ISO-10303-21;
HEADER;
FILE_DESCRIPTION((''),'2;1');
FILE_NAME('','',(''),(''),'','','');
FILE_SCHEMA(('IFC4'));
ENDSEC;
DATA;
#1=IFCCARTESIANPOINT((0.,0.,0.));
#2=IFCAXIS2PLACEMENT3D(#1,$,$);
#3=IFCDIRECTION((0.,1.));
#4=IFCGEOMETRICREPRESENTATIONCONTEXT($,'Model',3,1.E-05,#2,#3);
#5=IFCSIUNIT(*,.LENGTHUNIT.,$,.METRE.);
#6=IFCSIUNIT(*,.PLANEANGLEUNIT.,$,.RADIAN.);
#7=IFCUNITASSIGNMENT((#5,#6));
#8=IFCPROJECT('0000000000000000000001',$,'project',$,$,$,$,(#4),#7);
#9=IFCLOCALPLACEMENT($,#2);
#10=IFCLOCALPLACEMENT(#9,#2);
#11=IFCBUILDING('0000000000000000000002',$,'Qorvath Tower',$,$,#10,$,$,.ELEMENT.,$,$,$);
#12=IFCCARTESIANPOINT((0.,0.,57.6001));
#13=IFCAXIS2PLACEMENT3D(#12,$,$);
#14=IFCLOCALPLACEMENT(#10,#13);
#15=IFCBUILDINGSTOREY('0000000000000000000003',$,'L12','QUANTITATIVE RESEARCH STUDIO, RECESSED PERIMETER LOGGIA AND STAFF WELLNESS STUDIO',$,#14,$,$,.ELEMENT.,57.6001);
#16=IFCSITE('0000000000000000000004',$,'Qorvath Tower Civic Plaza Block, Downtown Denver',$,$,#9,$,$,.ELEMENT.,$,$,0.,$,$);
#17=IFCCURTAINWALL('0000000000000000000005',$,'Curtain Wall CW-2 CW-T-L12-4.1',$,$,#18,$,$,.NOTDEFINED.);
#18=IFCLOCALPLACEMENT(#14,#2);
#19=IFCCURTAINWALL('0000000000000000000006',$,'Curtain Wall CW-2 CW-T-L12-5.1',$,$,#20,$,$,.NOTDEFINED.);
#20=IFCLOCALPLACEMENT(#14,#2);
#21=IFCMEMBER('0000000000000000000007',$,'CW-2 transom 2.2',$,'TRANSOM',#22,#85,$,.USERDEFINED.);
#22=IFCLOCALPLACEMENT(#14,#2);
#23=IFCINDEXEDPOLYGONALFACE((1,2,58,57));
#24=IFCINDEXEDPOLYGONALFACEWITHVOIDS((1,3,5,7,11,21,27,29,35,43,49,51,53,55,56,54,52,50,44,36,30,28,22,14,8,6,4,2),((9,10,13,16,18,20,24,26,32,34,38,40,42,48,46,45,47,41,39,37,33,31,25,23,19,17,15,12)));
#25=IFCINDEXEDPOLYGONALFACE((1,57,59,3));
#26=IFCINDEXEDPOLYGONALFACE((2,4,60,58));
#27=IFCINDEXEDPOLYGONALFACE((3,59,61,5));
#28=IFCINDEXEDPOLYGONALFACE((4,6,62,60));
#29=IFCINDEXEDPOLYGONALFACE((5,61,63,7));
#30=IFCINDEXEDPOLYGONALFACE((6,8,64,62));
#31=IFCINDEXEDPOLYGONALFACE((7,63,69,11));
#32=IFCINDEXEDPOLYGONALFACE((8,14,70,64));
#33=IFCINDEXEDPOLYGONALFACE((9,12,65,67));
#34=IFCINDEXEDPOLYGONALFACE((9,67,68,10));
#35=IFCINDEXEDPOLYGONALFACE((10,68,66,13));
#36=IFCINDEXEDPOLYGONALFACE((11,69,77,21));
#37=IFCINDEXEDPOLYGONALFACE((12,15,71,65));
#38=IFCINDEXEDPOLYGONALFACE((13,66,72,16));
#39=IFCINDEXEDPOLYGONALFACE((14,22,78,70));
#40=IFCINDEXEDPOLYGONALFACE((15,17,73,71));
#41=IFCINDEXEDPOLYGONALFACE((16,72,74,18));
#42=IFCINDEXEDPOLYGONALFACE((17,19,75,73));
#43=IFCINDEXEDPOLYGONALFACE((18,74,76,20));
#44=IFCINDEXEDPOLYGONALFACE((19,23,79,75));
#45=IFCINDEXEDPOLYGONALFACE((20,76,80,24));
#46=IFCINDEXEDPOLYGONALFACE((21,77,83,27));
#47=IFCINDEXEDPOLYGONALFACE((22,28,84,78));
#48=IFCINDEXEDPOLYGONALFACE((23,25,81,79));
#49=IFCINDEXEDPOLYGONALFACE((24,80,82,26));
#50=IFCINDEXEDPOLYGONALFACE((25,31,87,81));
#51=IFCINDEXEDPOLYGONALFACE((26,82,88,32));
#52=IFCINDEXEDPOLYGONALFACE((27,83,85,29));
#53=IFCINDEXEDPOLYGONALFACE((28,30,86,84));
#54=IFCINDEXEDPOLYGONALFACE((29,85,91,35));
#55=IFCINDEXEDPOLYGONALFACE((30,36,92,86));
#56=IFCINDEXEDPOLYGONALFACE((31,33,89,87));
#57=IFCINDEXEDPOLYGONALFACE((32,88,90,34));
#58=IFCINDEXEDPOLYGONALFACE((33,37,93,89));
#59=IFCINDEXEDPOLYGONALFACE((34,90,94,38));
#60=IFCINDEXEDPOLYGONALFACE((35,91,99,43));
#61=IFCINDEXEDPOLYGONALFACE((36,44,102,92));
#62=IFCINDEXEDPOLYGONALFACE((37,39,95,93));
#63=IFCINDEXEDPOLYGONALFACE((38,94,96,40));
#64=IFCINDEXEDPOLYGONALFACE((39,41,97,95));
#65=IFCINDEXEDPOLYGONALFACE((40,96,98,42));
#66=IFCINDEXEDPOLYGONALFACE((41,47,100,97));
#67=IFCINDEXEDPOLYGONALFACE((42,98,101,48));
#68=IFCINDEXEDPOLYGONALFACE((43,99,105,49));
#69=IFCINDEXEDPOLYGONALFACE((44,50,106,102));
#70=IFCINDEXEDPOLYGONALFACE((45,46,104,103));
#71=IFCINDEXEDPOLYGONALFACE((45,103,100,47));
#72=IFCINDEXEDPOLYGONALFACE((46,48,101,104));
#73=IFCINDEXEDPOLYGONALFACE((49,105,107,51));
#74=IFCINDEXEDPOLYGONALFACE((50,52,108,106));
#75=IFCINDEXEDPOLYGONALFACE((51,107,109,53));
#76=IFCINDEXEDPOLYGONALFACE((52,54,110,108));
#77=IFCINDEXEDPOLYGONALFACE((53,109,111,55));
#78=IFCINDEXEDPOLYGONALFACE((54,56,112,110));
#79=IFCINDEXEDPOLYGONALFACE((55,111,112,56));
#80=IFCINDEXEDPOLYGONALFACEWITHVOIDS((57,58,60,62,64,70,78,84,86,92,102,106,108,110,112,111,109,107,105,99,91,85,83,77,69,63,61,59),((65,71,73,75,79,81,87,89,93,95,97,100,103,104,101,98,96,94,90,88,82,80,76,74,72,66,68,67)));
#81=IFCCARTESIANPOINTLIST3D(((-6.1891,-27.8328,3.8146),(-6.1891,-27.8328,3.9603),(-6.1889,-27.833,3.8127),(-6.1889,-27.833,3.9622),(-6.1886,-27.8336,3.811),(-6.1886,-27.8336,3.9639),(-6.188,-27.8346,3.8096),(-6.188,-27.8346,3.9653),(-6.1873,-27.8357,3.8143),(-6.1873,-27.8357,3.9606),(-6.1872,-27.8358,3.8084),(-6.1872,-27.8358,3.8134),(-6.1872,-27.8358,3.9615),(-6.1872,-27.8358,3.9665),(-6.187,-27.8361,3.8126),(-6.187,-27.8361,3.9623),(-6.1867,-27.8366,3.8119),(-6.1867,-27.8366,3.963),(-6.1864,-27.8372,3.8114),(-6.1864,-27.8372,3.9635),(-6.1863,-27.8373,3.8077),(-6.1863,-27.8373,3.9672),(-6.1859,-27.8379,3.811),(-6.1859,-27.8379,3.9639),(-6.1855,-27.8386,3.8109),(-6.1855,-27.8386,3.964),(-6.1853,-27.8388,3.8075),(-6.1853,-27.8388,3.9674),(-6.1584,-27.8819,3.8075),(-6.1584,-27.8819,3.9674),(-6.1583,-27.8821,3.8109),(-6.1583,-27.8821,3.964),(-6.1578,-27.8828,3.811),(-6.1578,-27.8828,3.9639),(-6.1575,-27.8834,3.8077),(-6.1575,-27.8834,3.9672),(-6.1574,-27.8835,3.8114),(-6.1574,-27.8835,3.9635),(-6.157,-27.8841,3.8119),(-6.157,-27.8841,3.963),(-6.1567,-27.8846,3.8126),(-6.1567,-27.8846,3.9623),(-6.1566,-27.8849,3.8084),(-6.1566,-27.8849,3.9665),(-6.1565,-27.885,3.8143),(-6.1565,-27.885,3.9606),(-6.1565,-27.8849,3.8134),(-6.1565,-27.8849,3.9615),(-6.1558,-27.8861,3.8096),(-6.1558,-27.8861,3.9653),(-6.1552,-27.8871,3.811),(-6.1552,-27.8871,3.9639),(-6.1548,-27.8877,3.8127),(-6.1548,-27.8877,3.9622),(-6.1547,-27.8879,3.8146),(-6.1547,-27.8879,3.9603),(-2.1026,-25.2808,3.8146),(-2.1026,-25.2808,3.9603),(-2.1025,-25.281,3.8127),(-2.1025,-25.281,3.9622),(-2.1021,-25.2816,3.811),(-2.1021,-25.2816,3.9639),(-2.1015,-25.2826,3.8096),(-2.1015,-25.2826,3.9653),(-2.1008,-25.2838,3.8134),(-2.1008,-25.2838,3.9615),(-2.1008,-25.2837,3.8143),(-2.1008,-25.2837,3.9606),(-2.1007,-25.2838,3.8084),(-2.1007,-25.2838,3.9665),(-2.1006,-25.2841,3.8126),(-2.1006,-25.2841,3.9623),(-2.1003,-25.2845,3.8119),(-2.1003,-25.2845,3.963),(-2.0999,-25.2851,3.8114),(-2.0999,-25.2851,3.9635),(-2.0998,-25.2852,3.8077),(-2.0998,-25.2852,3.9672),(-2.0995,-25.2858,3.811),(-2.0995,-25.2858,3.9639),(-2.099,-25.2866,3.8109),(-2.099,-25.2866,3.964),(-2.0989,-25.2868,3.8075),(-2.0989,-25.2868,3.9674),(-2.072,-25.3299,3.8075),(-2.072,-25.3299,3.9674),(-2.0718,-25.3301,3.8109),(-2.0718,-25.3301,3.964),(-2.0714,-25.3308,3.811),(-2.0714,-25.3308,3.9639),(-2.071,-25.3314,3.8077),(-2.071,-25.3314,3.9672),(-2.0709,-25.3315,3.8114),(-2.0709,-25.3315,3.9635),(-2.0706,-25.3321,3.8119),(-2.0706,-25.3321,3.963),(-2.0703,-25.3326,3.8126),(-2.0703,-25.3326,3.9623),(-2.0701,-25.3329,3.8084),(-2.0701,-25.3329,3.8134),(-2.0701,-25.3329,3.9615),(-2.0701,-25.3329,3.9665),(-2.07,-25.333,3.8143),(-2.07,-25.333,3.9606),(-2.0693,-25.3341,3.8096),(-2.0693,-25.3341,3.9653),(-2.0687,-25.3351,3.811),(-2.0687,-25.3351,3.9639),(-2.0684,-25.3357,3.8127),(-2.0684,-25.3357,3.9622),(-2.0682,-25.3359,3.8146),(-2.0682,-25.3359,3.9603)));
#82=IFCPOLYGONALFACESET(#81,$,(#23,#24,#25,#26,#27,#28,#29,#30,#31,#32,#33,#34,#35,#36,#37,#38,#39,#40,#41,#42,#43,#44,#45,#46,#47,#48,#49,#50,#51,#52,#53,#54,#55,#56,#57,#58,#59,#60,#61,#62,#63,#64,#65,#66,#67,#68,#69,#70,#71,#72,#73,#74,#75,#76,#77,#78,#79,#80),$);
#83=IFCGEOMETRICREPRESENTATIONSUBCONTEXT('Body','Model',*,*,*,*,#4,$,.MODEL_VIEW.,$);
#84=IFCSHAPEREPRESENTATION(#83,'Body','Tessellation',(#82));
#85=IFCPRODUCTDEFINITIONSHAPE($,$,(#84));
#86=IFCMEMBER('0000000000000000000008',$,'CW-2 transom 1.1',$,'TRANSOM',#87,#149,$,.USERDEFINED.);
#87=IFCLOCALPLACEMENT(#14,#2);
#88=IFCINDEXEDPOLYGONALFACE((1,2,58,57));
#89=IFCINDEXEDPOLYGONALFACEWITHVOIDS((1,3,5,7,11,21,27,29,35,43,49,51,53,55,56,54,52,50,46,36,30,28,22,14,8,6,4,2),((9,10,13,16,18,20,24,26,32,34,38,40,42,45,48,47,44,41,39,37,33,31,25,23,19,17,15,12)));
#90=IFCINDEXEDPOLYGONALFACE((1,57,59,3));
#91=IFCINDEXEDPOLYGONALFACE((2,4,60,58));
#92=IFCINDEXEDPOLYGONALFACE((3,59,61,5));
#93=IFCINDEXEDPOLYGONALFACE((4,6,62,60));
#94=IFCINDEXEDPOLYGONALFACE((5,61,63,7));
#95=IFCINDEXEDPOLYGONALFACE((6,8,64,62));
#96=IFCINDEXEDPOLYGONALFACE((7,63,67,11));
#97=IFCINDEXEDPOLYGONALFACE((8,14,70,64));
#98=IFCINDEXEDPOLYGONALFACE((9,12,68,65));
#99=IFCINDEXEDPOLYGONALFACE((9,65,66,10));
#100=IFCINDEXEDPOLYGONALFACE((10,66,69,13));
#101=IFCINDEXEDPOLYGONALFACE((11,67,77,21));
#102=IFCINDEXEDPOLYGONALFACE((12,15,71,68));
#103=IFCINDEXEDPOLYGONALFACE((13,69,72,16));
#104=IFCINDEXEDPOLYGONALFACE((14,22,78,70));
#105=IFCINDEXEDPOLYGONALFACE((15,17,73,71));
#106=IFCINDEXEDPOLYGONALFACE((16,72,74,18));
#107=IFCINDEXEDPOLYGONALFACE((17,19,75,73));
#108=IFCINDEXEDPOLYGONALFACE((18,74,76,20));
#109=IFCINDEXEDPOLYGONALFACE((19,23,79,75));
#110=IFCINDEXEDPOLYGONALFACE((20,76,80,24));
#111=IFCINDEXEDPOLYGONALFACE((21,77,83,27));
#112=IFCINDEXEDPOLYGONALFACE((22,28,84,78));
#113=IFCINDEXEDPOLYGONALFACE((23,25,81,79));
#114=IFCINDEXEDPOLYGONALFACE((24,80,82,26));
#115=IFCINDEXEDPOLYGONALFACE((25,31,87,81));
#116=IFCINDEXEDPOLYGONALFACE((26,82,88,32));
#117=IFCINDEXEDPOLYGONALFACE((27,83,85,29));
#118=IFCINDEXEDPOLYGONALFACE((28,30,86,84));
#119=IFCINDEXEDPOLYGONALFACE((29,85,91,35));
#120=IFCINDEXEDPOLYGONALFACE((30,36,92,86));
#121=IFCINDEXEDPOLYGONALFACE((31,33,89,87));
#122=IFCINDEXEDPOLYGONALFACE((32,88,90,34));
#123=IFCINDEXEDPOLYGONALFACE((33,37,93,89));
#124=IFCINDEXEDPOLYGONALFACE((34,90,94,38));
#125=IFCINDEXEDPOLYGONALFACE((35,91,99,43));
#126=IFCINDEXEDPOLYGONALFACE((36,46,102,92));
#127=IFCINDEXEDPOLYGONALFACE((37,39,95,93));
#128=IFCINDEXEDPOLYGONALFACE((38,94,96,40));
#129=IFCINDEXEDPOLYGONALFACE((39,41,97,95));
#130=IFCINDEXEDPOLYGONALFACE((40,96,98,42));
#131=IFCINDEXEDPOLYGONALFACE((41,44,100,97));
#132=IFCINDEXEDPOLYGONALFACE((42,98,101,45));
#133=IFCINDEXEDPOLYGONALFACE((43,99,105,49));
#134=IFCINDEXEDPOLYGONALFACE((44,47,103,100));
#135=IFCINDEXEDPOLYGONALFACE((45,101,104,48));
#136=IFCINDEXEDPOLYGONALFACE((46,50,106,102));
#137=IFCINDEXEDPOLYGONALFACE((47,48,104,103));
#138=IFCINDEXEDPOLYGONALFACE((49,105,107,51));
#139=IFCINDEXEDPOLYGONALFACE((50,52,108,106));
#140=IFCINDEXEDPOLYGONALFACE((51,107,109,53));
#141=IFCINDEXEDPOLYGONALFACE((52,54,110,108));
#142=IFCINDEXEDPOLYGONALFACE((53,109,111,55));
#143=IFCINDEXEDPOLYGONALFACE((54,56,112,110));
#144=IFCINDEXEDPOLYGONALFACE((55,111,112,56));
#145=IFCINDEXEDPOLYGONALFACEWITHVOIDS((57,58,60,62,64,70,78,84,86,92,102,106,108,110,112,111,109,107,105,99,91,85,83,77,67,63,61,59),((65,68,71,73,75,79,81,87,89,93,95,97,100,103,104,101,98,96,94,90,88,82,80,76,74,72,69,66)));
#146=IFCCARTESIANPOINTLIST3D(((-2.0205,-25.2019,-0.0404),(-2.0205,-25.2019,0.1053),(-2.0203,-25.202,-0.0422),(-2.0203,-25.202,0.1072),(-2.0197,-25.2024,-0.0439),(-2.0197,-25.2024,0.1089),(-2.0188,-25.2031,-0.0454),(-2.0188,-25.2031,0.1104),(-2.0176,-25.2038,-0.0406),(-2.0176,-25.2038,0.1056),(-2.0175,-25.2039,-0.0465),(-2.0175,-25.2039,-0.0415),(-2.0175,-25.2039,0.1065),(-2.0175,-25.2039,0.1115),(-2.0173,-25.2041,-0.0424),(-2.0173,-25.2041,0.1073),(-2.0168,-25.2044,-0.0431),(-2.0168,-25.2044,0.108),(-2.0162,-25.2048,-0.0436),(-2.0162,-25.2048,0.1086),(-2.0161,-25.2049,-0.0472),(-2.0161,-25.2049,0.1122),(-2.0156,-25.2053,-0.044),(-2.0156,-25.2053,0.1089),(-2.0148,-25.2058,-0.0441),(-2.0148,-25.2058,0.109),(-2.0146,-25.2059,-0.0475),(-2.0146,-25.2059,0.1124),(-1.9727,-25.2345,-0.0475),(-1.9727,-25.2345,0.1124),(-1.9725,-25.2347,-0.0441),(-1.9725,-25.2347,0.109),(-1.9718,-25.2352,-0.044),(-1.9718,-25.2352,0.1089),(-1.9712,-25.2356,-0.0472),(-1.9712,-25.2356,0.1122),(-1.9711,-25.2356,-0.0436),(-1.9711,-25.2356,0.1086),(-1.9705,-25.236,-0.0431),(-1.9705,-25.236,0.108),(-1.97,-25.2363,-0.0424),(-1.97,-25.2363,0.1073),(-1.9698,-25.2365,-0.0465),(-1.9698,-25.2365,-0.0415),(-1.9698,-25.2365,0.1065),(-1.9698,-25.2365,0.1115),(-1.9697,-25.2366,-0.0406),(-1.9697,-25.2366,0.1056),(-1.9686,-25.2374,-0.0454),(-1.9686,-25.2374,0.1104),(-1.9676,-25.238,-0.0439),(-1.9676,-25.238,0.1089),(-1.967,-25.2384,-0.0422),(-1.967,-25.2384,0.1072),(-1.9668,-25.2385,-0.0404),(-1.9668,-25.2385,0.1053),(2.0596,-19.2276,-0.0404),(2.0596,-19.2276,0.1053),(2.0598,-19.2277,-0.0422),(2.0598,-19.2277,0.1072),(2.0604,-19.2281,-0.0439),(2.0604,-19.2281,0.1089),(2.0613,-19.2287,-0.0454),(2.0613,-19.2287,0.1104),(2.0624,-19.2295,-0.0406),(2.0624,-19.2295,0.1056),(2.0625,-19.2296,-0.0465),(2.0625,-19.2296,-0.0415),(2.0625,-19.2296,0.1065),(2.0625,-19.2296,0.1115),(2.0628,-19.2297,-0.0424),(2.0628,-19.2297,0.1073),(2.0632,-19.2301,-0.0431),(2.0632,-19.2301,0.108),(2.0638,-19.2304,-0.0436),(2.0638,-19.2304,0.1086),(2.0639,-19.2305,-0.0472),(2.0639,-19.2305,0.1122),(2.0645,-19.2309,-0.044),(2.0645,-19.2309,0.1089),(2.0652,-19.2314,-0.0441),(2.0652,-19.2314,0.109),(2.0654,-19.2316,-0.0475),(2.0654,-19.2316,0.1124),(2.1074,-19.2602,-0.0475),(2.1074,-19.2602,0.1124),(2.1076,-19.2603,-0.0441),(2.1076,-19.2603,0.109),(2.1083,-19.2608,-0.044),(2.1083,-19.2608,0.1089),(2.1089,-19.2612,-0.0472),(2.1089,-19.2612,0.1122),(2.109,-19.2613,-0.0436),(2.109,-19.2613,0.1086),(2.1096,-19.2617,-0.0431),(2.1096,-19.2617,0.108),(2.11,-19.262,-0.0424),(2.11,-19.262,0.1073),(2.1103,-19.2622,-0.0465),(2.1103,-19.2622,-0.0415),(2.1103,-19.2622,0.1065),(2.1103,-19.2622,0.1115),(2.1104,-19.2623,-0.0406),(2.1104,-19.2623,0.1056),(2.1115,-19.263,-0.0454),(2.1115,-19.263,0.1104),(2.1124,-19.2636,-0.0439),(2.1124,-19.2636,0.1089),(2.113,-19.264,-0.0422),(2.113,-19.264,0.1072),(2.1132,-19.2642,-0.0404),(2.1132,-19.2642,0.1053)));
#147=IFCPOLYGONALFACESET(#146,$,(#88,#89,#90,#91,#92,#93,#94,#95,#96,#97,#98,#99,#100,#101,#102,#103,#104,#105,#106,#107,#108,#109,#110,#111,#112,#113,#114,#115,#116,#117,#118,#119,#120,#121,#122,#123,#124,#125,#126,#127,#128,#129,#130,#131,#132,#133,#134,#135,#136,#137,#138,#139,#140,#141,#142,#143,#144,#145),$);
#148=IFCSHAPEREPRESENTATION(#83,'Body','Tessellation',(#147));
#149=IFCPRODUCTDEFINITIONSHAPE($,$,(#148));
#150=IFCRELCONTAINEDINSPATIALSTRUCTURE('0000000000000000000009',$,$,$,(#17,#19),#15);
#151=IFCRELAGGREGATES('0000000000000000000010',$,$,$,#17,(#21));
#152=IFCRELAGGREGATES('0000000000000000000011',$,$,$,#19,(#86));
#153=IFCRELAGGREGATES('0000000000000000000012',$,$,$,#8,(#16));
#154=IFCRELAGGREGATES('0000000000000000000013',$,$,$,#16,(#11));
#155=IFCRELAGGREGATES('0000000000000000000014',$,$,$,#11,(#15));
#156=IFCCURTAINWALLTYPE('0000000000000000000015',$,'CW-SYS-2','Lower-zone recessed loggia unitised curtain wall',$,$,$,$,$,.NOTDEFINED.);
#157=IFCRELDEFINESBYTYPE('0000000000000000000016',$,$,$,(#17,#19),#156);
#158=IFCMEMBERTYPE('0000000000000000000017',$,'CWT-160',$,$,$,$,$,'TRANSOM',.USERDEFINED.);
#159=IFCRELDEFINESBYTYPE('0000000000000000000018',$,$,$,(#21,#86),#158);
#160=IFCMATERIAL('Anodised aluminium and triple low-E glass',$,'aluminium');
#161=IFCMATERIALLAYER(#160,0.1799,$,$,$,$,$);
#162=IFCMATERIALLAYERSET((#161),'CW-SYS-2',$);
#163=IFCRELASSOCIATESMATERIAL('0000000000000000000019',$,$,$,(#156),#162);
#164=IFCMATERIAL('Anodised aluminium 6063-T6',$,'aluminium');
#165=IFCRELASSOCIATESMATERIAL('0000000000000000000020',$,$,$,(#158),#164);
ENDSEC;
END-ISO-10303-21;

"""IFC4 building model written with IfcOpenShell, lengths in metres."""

from ifc_helpers import new_model, si_unit, direction, frame, origin, origin_2d, place, context, subcontext, project, spatial, hollow_rectangle, extrude, material, layer, layer_set, material_profile, profile_set, type_object, element, aggregate, save


model = new_model("IFC4")

# Units and contexts
model_context = context("Model", 3, precision=1e-05, world=origin(), true_north=direction((0.0, 1.0)))
body_context = subcontext(model_context, "Body", "Model", "MODEL_VIEW")
ifc_project = project(units=[si_unit("LENGTHUNIT", "METRE"), si_unit("PLANEANGLEUNIT", "RADIAN")], contexts=[model_context])

# Site, building, storey
site_placement = place(None, origin())
site = spatial("IfcSite", under=ifc_project, at=site_placement, Name="Qorvath Tower Civic Plaza Block, Downtown Denver", CompositionType="ELEMENT", RefElevation=0.0)
building_placement = place(site_placement, origin())
building = spatial("IfcBuilding", under=site, at=building_placement, Name="Qorvath Tower", CompositionType="ELEMENT")
storey_placement = place(building_placement, frame((0.0, 0.0, 57.6001)))
storey = spatial("IfcBuildingStorey", under=building, at=storey_placement, Name="L12", Description="QUANTITATIVE RESEARCH STUDIO, RECESSED PERIMETER LOGGIA AND STAFF WELLNESS STUDIO", CompositionType="ELEMENT", Elevation=57.6001)

# Shared definitions
ifc_material_1 = material(Name="Anodised aluminium and triple low-E glass", Category="aluminium")
ifc_layer_1 = layer(ifc_material_1, 0.1799)
ifc_layer_set_1 = layer_set([ifc_layer_1], Name="CW-SYS-2")
curtain_wall_type = type_object("IfcCurtainWallType", Name="CW-SYS-2", Description="Lower-zone recessed loggia unitised curtain wall", PredefinedType="NOTDEFINED", material=ifc_layer_set_1)

# Curtain walls
curtain_wall_1_placement = place(storey_placement, origin())
curtain_wall_1 = element("IfcCurtainWall", 1, at=curtain_wall_1_placement, inside=storey, type_object=curtain_wall_type, Name="Curtain Wall CW-2 CW-T-L12-4.1", PredefinedType="NOTDEFINED")
curtain_wall_2_placement = place(storey_placement, origin())
curtain_wall_2 = element("IfcCurtainWall", 2, at=curtain_wall_2_placement, inside=storey, type_object=curtain_wall_type, Name="Curtain Wall CW-2 CW-T-L12-5.1", PredefinedType="NOTDEFINED")

# Members
ifc_material_2 = material(Name="Anodised aluminium 6063-T6", Category="aluminium")
ifc_material_profile_1 = material_profile(ifc_material_2, hollow_rectangle(XDim=0.0649, YDim=0.1599, WallThickness=0.0034, InnerFilletRadius=0.0034, OuterFilletRadius=0.0071, at=origin_2d()), Name="CWT 160x65")
ifc_profile_set_1 = profile_set([ifc_material_profile_1], Name="Anodised aluminium 6063-T6")
member_type_1 = type_object("IfcMemberType", Name="CWT-160", ElementType="TRANSOM", PredefinedType="USERDEFINED", material=ifc_profile_set_1)
member_1_placement = place(storey_placement, frame((-6.1719, -27.8604, 3.8875), z_axis=(0.848186, 0.529698, 0.0), x_axis=(-0.529698, 0.848186, 0.0)))
member_1 = element("IfcMember", 3, at=member_1_placement, type_object=member_type_1, Name="CW-2 transom 2.2", ObjectType="TRANSOM", PredefinedType="USERDEFINED", context=body_context, shape_type="SweptSolid", body=[
    extrude(hollow_rectangle(XDim=0.0649, YDim=0.1599, WallThickness=0.0034, InnerFilletRadius=0.0034, OuterFilletRadius=0.0071, at=origin_2d()), origin(), (0.0, 0.0, 1.0), 4.8179),
])
member_2_placement = place(storey_placement, frame((-1.9937, -25.2202, 0.0325), z_axis=(0.563964, 0.825799, 0.0), x_axis=(-0.825799, 0.563964, 0.0)))
member_2 = element("IfcMember", 4, at=member_2_placement, type_object=member_type_1, Name="CW-2 transom 1.1", ObjectType="TRANSOM", PredefinedType="USERDEFINED", context=body_context, shape_type="SweptSolid", body=[
    extrude(hollow_rectangle(XDim=0.0649, YDim=0.1599, WallThickness=0.0034, InnerFilletRadius=0.0034, OuterFilletRadius=0.0071, at=origin_2d()), origin(), (0.0, 0.0, 1.0), 7.2346),
])

aggregate(curtain_wall_1, [member_1])
aggregate(curtain_wall_2, [member_2])

save(model, "model.ifc")
